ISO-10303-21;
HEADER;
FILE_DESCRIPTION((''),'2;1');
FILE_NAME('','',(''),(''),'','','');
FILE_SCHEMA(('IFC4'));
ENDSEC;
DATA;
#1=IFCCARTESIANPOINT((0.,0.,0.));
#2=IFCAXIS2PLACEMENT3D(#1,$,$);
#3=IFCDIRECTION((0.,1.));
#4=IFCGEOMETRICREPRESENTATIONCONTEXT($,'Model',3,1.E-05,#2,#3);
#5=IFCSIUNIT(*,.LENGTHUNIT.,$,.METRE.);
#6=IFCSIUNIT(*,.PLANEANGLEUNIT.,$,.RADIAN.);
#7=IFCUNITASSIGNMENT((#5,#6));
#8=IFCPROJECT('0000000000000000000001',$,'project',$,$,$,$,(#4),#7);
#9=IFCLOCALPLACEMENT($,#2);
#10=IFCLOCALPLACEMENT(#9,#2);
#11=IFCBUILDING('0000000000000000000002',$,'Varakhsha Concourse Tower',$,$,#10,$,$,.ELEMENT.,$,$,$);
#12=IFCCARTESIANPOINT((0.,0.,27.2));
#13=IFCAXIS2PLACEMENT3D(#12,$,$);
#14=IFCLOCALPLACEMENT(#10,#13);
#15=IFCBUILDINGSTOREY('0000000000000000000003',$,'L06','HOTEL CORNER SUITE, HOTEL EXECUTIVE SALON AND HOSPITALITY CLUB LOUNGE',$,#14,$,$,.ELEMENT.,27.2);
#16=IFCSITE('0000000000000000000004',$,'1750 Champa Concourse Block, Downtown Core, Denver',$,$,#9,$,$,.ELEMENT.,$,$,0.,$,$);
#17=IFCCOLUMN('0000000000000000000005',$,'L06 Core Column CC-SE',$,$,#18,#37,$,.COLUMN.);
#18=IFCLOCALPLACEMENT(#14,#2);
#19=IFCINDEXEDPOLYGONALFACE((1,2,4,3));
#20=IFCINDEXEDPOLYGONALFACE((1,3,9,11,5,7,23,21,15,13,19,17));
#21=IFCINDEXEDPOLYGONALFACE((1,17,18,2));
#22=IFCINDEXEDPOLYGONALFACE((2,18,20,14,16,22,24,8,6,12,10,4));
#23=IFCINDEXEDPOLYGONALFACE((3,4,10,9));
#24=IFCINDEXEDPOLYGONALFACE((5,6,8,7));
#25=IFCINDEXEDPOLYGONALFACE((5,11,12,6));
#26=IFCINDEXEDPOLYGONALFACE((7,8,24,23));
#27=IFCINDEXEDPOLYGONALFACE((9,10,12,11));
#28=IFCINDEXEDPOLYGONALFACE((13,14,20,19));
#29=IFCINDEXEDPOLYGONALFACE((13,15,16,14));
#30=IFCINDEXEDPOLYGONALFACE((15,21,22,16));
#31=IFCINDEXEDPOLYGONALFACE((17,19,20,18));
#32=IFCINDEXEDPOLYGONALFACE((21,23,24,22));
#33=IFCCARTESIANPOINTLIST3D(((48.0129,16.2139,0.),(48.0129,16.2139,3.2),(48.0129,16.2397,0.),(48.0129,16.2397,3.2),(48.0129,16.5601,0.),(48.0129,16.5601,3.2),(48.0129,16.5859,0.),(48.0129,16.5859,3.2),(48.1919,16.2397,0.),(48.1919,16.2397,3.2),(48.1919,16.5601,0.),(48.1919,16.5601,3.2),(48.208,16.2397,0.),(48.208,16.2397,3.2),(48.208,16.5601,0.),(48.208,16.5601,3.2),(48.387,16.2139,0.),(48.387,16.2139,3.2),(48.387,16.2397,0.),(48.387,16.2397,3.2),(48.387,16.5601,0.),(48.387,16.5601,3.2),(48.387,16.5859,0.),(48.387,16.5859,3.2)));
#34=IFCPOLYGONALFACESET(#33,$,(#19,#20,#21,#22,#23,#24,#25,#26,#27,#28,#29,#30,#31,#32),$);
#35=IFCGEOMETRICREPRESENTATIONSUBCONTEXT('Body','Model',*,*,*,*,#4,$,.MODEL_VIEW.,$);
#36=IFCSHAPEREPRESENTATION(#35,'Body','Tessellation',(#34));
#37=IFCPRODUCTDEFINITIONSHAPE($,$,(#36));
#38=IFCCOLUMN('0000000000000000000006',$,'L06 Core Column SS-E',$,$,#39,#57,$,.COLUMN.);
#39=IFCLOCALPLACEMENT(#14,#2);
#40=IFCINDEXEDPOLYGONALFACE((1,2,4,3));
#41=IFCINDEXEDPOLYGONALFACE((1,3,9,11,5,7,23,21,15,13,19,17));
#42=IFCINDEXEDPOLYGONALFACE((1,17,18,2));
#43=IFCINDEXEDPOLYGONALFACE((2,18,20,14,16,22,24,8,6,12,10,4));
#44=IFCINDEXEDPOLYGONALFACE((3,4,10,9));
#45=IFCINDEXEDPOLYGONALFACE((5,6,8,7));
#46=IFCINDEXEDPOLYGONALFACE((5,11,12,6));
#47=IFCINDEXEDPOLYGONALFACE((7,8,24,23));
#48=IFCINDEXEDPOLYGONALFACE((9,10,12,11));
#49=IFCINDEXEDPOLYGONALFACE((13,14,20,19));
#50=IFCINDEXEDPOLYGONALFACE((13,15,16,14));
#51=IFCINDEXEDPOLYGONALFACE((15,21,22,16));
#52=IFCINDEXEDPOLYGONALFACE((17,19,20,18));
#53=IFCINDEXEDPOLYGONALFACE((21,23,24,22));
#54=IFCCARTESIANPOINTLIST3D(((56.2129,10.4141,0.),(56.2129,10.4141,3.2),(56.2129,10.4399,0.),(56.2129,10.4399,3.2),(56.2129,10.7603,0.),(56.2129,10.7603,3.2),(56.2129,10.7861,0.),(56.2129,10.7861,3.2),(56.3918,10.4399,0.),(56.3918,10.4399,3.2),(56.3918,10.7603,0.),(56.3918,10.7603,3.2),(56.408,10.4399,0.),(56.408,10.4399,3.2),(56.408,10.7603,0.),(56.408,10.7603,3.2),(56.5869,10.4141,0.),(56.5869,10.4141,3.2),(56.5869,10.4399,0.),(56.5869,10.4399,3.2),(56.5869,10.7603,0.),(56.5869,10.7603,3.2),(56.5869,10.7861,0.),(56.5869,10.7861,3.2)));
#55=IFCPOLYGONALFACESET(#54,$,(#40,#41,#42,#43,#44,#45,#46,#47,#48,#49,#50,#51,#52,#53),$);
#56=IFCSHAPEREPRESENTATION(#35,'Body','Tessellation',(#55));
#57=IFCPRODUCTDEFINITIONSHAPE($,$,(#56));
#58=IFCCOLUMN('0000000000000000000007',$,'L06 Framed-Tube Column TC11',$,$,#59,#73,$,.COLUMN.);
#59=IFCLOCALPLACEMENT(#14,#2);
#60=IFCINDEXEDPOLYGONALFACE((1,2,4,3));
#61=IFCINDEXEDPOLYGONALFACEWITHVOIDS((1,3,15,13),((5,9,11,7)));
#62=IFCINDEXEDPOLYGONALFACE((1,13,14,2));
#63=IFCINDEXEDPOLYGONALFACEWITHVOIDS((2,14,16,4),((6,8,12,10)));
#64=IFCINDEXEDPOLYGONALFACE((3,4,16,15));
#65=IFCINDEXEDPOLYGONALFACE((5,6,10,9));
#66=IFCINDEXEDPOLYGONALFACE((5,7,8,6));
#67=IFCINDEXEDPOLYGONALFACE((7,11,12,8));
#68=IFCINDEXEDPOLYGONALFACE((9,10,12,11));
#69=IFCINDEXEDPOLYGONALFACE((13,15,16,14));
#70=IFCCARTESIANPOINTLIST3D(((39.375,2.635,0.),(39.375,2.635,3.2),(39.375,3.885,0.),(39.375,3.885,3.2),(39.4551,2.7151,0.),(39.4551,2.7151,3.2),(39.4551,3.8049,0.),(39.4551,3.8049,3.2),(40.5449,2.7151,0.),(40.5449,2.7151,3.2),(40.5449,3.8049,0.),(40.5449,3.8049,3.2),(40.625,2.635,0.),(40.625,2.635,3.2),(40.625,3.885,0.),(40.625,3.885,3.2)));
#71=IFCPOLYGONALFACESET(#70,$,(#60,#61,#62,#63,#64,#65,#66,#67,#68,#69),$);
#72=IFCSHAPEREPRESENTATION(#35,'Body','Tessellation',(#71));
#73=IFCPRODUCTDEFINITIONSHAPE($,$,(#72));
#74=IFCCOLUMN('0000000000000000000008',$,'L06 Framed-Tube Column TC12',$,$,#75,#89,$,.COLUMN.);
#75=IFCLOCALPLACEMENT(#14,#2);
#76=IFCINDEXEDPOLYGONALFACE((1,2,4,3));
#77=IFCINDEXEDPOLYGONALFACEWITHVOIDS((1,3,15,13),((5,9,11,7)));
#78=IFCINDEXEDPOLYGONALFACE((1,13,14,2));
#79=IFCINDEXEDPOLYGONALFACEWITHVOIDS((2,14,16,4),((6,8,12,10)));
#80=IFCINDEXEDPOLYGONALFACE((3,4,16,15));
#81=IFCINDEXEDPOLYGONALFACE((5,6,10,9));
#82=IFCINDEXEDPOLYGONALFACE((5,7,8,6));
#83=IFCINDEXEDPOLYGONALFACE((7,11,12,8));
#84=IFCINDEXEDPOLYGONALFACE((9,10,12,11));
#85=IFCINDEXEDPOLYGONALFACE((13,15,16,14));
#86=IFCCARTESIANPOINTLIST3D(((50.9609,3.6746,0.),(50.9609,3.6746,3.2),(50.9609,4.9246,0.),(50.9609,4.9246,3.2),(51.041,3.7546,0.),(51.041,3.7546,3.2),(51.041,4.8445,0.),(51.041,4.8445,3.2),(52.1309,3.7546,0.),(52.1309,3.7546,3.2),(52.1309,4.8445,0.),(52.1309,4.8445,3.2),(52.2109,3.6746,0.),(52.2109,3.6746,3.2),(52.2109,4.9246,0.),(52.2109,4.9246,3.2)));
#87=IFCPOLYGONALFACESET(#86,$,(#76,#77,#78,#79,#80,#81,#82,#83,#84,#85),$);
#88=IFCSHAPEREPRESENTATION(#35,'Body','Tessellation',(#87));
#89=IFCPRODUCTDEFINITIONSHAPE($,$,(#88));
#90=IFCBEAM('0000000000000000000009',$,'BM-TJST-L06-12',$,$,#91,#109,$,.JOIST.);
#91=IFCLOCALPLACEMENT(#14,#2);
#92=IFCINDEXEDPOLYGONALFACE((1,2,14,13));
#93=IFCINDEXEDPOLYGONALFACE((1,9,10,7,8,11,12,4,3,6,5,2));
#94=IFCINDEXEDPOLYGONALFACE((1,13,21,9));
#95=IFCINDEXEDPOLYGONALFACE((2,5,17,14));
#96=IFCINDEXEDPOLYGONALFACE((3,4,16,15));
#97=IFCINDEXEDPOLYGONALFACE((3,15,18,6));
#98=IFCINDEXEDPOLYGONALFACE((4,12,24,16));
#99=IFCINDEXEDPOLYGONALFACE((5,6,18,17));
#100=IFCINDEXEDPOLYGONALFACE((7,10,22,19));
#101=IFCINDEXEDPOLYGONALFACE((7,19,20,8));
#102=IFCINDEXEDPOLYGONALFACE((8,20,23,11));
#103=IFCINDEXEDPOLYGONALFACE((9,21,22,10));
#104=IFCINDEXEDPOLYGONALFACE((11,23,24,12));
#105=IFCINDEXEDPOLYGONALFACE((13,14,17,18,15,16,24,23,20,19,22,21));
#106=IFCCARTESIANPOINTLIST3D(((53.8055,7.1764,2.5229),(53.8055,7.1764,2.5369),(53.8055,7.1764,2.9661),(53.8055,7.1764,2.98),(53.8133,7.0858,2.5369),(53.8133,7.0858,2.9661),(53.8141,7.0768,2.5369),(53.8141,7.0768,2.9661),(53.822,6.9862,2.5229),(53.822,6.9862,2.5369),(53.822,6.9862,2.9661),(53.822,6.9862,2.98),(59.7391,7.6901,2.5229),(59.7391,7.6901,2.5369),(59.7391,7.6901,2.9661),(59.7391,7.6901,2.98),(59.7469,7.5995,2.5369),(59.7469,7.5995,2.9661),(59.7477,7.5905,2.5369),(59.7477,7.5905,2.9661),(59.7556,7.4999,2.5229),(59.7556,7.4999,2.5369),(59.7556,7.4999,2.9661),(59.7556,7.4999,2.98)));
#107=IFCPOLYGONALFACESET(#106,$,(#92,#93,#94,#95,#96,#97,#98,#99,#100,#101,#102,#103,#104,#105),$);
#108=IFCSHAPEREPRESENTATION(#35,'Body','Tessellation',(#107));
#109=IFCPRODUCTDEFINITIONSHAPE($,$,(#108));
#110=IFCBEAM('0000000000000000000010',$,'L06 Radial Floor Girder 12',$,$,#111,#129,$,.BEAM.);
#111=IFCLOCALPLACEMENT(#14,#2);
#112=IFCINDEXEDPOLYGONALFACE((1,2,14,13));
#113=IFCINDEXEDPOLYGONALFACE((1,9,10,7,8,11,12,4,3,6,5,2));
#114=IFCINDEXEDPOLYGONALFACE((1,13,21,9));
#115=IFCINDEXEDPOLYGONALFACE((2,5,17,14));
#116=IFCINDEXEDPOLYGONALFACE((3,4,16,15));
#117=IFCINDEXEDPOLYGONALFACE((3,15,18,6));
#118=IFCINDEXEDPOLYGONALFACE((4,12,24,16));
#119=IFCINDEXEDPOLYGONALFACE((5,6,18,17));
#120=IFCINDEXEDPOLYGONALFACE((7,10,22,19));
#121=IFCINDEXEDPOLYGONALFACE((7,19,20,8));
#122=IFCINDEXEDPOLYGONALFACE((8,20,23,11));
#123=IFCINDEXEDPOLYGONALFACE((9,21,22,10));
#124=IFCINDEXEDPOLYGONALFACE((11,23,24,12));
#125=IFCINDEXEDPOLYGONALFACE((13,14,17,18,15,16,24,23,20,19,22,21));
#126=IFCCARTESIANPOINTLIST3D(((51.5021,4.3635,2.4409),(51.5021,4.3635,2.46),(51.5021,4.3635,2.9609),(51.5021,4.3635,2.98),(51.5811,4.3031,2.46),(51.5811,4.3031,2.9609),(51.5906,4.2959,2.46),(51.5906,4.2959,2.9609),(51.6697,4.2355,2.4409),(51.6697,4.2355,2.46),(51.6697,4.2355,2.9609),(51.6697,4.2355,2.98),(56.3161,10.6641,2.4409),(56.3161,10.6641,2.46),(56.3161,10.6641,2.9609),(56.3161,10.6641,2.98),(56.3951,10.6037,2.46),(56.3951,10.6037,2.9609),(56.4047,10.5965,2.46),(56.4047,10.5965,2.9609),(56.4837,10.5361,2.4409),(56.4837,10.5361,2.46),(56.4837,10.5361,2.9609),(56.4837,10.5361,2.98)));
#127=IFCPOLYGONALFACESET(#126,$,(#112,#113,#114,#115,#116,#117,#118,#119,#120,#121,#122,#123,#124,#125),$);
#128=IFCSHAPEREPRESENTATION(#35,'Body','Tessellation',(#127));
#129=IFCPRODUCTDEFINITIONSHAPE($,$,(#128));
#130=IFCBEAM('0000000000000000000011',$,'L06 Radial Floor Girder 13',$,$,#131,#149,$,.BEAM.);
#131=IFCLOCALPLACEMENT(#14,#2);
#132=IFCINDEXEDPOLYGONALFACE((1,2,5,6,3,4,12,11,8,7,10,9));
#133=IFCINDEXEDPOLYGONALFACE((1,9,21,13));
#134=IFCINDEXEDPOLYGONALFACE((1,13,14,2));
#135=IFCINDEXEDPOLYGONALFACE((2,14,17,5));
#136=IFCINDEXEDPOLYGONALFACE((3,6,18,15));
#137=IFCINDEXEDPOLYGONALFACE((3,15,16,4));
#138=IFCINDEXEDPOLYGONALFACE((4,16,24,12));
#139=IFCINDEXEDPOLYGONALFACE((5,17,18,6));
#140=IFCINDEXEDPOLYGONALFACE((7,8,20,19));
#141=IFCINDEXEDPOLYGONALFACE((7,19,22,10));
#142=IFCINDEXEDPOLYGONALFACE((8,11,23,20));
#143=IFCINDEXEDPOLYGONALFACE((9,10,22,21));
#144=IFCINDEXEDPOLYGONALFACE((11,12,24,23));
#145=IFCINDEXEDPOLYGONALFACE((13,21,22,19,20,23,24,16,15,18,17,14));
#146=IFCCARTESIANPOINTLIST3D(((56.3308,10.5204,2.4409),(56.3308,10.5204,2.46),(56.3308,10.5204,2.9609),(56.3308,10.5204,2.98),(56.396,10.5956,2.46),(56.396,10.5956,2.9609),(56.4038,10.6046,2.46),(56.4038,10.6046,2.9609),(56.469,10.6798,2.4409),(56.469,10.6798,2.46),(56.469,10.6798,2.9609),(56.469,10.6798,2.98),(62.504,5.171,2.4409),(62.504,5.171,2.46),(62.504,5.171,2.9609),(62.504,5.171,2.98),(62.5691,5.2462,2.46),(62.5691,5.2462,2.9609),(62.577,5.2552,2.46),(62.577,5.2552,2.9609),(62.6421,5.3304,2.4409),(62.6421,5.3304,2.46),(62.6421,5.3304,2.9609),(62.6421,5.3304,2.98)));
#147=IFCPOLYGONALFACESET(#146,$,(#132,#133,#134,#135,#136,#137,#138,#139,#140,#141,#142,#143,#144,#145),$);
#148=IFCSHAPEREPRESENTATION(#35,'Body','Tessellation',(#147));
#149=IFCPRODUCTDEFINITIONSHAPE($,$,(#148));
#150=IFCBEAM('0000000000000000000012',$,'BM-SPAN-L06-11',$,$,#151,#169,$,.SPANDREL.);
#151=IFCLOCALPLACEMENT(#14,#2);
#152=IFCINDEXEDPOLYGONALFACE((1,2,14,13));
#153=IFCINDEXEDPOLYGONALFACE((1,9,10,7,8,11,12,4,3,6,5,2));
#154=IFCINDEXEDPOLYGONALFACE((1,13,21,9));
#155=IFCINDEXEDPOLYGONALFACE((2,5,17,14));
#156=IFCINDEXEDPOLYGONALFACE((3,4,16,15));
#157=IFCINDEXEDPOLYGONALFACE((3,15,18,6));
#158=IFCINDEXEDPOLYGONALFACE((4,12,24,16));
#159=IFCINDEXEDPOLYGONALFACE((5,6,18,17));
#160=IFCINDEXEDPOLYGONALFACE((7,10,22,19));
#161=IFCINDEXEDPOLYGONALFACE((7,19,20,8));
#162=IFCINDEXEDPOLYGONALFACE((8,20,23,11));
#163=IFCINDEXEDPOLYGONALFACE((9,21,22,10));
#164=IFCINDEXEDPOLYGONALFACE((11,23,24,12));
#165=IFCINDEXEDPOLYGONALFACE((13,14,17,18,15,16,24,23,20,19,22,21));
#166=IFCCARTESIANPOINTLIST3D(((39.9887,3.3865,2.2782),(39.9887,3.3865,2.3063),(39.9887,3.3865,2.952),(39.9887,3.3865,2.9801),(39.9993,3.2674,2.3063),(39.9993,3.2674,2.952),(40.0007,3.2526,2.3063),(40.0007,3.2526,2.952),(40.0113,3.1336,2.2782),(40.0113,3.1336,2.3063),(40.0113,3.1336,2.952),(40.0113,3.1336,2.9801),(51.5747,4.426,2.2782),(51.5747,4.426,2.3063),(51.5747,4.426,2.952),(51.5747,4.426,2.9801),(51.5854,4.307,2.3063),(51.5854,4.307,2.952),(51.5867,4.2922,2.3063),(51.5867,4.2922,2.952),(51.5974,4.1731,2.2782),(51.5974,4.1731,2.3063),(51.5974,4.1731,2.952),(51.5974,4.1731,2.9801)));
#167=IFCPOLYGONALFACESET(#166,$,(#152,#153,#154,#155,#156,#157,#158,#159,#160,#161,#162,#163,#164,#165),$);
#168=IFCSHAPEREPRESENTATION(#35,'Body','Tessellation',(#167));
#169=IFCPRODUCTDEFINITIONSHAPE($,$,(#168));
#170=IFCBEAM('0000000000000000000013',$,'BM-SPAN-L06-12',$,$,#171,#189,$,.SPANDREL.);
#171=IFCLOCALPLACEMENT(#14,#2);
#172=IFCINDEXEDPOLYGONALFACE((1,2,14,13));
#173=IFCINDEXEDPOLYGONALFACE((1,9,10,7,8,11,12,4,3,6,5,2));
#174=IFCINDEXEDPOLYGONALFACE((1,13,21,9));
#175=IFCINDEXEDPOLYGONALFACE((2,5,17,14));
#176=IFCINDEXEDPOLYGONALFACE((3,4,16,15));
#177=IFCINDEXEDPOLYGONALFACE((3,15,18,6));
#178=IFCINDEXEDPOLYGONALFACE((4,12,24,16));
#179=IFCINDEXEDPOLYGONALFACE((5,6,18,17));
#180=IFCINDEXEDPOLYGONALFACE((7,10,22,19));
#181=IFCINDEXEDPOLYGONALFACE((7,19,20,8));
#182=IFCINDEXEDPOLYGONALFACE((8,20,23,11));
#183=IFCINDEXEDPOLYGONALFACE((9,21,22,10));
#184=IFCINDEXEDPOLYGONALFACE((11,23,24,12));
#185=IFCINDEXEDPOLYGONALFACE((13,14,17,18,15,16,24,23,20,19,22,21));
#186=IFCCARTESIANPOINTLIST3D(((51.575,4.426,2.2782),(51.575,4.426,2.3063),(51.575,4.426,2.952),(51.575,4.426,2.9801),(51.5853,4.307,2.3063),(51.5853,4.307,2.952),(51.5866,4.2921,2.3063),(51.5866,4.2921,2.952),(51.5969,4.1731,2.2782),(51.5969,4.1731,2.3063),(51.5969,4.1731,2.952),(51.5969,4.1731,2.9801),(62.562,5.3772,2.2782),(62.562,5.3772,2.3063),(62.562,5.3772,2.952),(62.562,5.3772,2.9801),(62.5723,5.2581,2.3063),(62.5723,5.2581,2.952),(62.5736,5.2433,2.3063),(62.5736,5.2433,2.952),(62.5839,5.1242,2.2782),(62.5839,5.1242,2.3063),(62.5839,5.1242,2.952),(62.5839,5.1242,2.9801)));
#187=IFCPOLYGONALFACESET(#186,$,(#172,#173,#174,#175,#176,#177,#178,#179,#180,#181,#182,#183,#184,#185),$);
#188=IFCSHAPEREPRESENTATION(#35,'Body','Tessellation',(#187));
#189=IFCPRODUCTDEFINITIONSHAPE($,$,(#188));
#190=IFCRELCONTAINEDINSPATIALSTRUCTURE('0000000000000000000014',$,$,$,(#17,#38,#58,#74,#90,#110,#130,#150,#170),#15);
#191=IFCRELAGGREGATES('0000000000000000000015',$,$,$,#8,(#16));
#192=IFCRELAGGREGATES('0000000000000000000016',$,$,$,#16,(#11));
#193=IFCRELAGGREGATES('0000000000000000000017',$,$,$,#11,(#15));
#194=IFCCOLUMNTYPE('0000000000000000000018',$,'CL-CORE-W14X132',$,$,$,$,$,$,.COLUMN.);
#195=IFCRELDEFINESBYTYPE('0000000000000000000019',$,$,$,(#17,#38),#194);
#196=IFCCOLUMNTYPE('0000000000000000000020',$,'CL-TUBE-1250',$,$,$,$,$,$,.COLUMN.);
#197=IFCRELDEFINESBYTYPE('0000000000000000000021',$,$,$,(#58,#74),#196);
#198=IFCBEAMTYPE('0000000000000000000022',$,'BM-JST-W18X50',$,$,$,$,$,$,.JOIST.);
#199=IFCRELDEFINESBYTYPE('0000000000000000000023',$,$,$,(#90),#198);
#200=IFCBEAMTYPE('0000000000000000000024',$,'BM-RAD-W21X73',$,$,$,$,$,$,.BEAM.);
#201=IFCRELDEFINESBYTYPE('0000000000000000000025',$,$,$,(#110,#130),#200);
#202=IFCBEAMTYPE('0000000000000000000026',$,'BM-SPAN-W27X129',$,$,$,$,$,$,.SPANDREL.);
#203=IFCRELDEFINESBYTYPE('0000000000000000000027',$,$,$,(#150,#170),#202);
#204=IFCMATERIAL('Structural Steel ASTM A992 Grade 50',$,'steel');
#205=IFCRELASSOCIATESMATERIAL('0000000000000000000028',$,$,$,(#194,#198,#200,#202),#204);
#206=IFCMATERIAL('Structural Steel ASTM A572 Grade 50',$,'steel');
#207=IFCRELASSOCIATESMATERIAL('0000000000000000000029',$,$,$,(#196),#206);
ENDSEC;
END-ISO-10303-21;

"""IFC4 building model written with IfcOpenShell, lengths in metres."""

from ifc_helpers import new_model, si_unit, direction, frame, origin, origin_2d, place, context, subcontext, project, spatial, hollow_rectangle, i_section, extrude, material, material_profile, profile_set, type_object, element, save


model = new_model("IFC4")

# Units and contexts
model_context = context("Model", 3, precision=1e-05, world=origin(), true_north=direction((0.0, 1.0)))
body_context = subcontext(model_context, "Body", "Model", "MODEL_VIEW")
ifc_project = project(units=[si_unit("LENGTHUNIT", "METRE"), si_unit("PLANEANGLEUNIT", "RADIAN")], contexts=[model_context])

# Site, building, storey
site_placement = place(None, origin())
site = spatial("IfcSite", under=ifc_project, at=site_placement, Name="1750 Champa Concourse Block, Downtown Core, Denver", CompositionType="ELEMENT", RefElevation=0.0)
building_placement = place(site_placement, origin())
building = spatial("IfcBuilding", under=site, at=building_placement, Name="Varakhsha Concourse Tower", CompositionType="ELEMENT")
storey_placement = place(building_placement, frame((0.0, 0.0, 27.2)))
storey = spatial("IfcBuildingStorey", under=building, at=storey_placement, Name="L06", Description="HOTEL CORNER SUITE, HOTEL EXECUTIVE SALON AND HOSPITALITY CLUB LOUNGE", CompositionType="ELEMENT", Elevation=27.2)

# Columns
ifc_material_1 = material(Name="Structural Steel ASTM A992 Grade 50", Category="steel")
ifc_material_profile_1 = material_profile(ifc_material_1, i_section(OverallWidth=0.374, OverallDepth=0.3721, WebThickness=0.0161, FlangeThickness=0.0259, at=origin_2d()), Name="W14X132")
ifc_profile_set_1 = profile_set([ifc_material_profile_1], Name="Structural Steel ASTM A992 Grade 50")
column_type_1 = type_object("IfcColumnType", Name="CL-CORE-W14X132", PredefinedType="COLUMN", material=ifc_profile_set_1)
for number, where, z_axis, x_axis, name in (
    (1, (48.2, 16.3999, 0.0), (0.0, 0.0, 1.0), (1.0, 0.0, 0.0), "L06 Core Column CC-SE"),
    (2, (56.3999, 10.6001, 0.0), (0.0, 0.0, 1.0), (1.0, 0.0, 0.0), "L06 Core Column SS-E"),
):
    element("IfcColumn", number, at=place(storey_placement, frame(where, z_axis=z_axis, x_axis=x_axis)), inside=storey, type_object=column_type_1, Name=name, PredefinedType="COLUMN", context=body_context, shape_type="SweptSolid", body=[
        extrude(i_section(OverallWidth=0.374, OverallDepth=0.3721, WebThickness=0.0161, FlangeThickness=0.0259, at=origin_2d()), origin(), (0.0, 0.0, 1.0), 3.2),
    ])
ifc_material_2 = material(Name="Structural Steel ASTM A572 Grade 50", Category="steel")
ifc_material_profile_2 = material_profile(ifc_material_2, hollow_rectangle(XDim=1.25, YDim=1.25, WallThickness=0.0801, at=origin_2d()), Name="BOX 1250x1250x80")
ifc_profile_set_2 = profile_set([ifc_material_profile_2], Name="Structural Steel ASTM A572 Grade 50")
column_type_2 = type_object("IfcColumnType", Name="CL-TUBE-1250", PredefinedType="COLUMN", material=ifc_profile_set_2)
for number, where, z_axis, x_axis, name in (
    (3, (40.0, 3.26, 0.0), (0.0, 0.0, 1.0), (1.0, 0.0, 0.0), "L06 Framed-Tube Column TC11"),
    (4, (51.5859, 4.2996, 0.0), (0.0, 0.0, 1.0), (1.0, 0.0, 0.0), "L06 Framed-Tube Column TC12"),
):
    element("IfcColumn", number, at=place(storey_placement, frame(where, z_axis=z_axis, x_axis=x_axis)), inside=storey, type_object=column_type_2, Name=name, PredefinedType="COLUMN", context=body_context, shape_type="SweptSolid", body=[
        extrude(hollow_rectangle(XDim=1.25, YDim=1.25, WallThickness=0.0801, at=origin_2d()), origin(), (0.0, 0.0, 1.0), 3.2),
    ])

# Beams
ifc_material_profile_3 = material_profile(ifc_material_1, i_section(OverallWidth=0.1909, OverallDepth=0.457, WebThickness=0.009, FlangeThickness=0.0139, at=origin_2d()), Name="W18X50")
ifc_profile_set_3 = profile_set([ifc_material_profile_3], Name="Structural Steel ASTM A992 Grade 50")
beam_type_1 = type_object("IfcBeamType", Name="BM-JST-W18X50", PredefinedType="JOIST", material=ifc_profile_set_3)
beam_1_placement = place(storey_placement, frame((53.8137, 7.0813, 2.7515), z_axis=(0.996274, 0.086248, 0.0), x_axis=(-0.086248, 0.996274, 0.0)))
element("IfcBeam", 5, at=beam_1_placement, inside=storey, type_object=beam_type_1, Name="BM-TJST-L06-12", PredefinedType="JOIST", context=body_context, shape_type="SweptSolid", body=[
    extrude(i_section(OverallWidth=0.1909, OverallDepth=0.457, WebThickness=0.009, FlangeThickness=0.0139, at=origin_2d()), origin(), (0.0, 0.0, 1.0), 5.9558),
])
ifc_material_profile_4 = material_profile(ifc_material_1, i_section(OverallWidth=0.2109, OverallDepth=0.5391, WebThickness=0.012, FlangeThickness=0.019, at=origin_2d()), Name="W21X73")
ifc_profile_set_4 = profile_set([ifc_material_profile_4], Name="Structural Steel ASTM A992 Grade 50")
beam_type_2 = type_object("IfcBeamType", Name="BM-RAD-W21X73", PredefinedType="BEAM", material=ifc_profile_set_4)
beam_2_placement = place(storey_placement, frame((56.3999, 10.6001, 2.7104), z_axis=(-0.607124, -0.794607, 0.0), x_axis=(0.794607, -0.607124, 0.0)))
element("IfcBeam", 6, at=beam_2_placement, inside=storey, type_object=beam_type_2, Name="L06 Radial Floor Girder 12", PredefinedType="BEAM", context=body_context, shape_type="SweptSolid", body=[
    extrude(i_section(OverallWidth=0.2109, OverallDepth=0.5391, WebThickness=0.012, FlangeThickness=0.019, at=origin_2d()), origin(), (0.0, 0.0, 1.0), 7.9292),
])
beam_3_placement = place(storey_placement, frame((56.3999, 10.6001, 2.7104), z_axis=(0.755729, -0.654885, 0.0), x_axis=(0.654885, 0.755729, 0.0)))
element("IfcBeam", 7, at=beam_3_placement, inside=storey, type_object=beam_type_2, Name="L06 Radial Floor Girder 13", PredefinedType="BEAM", context=body_context, shape_type="SweptSolid", body=[
    extrude(i_section(OverallWidth=0.2109, OverallDepth=0.5391, WebThickness=0.012, FlangeThickness=0.019, at=origin_2d()), origin(), (0.0, 0.0, 1.0), 8.1685),
])
ifc_material_profile_5 = material_profile(ifc_material_1, i_section(OverallWidth=0.2539, OverallDepth=0.7019, WebThickness=0.0149, FlangeThickness=0.0281, at=origin_2d()), Name="W27X129")
ifc_profile_set_5 = profile_set([ifc_material_profile_5], Name="Structural Steel ASTM A992 Grade 50")
beam_type_3 = type_object("IfcBeamType", Name="BM-SPAN-W27X129", PredefinedType="SPANDREL", material=ifc_profile_set_5)
beam_4_placement = place(storey_placement, frame((40.0, 3.26, 2.6292), z_axis=(0.995999, 0.089366, 0.0), x_axis=(-0.089366, 0.995999, 0.0)))
element("IfcBeam", 8, at=beam_4_placement, inside=storey, type_object=beam_type_3, Name="BM-SPAN-L06-11", PredefinedType="SPANDREL", context=body_context, shape_type="SweptSolid", body=[
    extrude(i_section(OverallWidth=0.2539, OverallDepth=0.7019, WebThickness=0.0149, FlangeThickness=0.0281, at=origin_2d()), origin(), (0.0, 0.0, 1.0), 11.6326),
])
beam_5_placement = place(storey_placement, frame((51.5859, 4.2996, 2.6292), z_axis=(0.996274, 0.086249, 0.0), x_axis=(-0.086249, 0.996274, 0.0)))
element("IfcBeam", 9, at=beam_5_placement, inside=storey, type_object=beam_type_3, Name="BM-SPAN-L06-12", PredefinedType="SPANDREL", context=body_context, shape_type="SweptSolid", body=[
    extrude(i_section(OverallWidth=0.2539, OverallDepth=0.7019, WebThickness=0.0149, FlangeThickness=0.0281, at=origin_2d()), origin(), (0.0, 0.0, 1.0), 11.0281),
])

save(model, "model.ifc")
